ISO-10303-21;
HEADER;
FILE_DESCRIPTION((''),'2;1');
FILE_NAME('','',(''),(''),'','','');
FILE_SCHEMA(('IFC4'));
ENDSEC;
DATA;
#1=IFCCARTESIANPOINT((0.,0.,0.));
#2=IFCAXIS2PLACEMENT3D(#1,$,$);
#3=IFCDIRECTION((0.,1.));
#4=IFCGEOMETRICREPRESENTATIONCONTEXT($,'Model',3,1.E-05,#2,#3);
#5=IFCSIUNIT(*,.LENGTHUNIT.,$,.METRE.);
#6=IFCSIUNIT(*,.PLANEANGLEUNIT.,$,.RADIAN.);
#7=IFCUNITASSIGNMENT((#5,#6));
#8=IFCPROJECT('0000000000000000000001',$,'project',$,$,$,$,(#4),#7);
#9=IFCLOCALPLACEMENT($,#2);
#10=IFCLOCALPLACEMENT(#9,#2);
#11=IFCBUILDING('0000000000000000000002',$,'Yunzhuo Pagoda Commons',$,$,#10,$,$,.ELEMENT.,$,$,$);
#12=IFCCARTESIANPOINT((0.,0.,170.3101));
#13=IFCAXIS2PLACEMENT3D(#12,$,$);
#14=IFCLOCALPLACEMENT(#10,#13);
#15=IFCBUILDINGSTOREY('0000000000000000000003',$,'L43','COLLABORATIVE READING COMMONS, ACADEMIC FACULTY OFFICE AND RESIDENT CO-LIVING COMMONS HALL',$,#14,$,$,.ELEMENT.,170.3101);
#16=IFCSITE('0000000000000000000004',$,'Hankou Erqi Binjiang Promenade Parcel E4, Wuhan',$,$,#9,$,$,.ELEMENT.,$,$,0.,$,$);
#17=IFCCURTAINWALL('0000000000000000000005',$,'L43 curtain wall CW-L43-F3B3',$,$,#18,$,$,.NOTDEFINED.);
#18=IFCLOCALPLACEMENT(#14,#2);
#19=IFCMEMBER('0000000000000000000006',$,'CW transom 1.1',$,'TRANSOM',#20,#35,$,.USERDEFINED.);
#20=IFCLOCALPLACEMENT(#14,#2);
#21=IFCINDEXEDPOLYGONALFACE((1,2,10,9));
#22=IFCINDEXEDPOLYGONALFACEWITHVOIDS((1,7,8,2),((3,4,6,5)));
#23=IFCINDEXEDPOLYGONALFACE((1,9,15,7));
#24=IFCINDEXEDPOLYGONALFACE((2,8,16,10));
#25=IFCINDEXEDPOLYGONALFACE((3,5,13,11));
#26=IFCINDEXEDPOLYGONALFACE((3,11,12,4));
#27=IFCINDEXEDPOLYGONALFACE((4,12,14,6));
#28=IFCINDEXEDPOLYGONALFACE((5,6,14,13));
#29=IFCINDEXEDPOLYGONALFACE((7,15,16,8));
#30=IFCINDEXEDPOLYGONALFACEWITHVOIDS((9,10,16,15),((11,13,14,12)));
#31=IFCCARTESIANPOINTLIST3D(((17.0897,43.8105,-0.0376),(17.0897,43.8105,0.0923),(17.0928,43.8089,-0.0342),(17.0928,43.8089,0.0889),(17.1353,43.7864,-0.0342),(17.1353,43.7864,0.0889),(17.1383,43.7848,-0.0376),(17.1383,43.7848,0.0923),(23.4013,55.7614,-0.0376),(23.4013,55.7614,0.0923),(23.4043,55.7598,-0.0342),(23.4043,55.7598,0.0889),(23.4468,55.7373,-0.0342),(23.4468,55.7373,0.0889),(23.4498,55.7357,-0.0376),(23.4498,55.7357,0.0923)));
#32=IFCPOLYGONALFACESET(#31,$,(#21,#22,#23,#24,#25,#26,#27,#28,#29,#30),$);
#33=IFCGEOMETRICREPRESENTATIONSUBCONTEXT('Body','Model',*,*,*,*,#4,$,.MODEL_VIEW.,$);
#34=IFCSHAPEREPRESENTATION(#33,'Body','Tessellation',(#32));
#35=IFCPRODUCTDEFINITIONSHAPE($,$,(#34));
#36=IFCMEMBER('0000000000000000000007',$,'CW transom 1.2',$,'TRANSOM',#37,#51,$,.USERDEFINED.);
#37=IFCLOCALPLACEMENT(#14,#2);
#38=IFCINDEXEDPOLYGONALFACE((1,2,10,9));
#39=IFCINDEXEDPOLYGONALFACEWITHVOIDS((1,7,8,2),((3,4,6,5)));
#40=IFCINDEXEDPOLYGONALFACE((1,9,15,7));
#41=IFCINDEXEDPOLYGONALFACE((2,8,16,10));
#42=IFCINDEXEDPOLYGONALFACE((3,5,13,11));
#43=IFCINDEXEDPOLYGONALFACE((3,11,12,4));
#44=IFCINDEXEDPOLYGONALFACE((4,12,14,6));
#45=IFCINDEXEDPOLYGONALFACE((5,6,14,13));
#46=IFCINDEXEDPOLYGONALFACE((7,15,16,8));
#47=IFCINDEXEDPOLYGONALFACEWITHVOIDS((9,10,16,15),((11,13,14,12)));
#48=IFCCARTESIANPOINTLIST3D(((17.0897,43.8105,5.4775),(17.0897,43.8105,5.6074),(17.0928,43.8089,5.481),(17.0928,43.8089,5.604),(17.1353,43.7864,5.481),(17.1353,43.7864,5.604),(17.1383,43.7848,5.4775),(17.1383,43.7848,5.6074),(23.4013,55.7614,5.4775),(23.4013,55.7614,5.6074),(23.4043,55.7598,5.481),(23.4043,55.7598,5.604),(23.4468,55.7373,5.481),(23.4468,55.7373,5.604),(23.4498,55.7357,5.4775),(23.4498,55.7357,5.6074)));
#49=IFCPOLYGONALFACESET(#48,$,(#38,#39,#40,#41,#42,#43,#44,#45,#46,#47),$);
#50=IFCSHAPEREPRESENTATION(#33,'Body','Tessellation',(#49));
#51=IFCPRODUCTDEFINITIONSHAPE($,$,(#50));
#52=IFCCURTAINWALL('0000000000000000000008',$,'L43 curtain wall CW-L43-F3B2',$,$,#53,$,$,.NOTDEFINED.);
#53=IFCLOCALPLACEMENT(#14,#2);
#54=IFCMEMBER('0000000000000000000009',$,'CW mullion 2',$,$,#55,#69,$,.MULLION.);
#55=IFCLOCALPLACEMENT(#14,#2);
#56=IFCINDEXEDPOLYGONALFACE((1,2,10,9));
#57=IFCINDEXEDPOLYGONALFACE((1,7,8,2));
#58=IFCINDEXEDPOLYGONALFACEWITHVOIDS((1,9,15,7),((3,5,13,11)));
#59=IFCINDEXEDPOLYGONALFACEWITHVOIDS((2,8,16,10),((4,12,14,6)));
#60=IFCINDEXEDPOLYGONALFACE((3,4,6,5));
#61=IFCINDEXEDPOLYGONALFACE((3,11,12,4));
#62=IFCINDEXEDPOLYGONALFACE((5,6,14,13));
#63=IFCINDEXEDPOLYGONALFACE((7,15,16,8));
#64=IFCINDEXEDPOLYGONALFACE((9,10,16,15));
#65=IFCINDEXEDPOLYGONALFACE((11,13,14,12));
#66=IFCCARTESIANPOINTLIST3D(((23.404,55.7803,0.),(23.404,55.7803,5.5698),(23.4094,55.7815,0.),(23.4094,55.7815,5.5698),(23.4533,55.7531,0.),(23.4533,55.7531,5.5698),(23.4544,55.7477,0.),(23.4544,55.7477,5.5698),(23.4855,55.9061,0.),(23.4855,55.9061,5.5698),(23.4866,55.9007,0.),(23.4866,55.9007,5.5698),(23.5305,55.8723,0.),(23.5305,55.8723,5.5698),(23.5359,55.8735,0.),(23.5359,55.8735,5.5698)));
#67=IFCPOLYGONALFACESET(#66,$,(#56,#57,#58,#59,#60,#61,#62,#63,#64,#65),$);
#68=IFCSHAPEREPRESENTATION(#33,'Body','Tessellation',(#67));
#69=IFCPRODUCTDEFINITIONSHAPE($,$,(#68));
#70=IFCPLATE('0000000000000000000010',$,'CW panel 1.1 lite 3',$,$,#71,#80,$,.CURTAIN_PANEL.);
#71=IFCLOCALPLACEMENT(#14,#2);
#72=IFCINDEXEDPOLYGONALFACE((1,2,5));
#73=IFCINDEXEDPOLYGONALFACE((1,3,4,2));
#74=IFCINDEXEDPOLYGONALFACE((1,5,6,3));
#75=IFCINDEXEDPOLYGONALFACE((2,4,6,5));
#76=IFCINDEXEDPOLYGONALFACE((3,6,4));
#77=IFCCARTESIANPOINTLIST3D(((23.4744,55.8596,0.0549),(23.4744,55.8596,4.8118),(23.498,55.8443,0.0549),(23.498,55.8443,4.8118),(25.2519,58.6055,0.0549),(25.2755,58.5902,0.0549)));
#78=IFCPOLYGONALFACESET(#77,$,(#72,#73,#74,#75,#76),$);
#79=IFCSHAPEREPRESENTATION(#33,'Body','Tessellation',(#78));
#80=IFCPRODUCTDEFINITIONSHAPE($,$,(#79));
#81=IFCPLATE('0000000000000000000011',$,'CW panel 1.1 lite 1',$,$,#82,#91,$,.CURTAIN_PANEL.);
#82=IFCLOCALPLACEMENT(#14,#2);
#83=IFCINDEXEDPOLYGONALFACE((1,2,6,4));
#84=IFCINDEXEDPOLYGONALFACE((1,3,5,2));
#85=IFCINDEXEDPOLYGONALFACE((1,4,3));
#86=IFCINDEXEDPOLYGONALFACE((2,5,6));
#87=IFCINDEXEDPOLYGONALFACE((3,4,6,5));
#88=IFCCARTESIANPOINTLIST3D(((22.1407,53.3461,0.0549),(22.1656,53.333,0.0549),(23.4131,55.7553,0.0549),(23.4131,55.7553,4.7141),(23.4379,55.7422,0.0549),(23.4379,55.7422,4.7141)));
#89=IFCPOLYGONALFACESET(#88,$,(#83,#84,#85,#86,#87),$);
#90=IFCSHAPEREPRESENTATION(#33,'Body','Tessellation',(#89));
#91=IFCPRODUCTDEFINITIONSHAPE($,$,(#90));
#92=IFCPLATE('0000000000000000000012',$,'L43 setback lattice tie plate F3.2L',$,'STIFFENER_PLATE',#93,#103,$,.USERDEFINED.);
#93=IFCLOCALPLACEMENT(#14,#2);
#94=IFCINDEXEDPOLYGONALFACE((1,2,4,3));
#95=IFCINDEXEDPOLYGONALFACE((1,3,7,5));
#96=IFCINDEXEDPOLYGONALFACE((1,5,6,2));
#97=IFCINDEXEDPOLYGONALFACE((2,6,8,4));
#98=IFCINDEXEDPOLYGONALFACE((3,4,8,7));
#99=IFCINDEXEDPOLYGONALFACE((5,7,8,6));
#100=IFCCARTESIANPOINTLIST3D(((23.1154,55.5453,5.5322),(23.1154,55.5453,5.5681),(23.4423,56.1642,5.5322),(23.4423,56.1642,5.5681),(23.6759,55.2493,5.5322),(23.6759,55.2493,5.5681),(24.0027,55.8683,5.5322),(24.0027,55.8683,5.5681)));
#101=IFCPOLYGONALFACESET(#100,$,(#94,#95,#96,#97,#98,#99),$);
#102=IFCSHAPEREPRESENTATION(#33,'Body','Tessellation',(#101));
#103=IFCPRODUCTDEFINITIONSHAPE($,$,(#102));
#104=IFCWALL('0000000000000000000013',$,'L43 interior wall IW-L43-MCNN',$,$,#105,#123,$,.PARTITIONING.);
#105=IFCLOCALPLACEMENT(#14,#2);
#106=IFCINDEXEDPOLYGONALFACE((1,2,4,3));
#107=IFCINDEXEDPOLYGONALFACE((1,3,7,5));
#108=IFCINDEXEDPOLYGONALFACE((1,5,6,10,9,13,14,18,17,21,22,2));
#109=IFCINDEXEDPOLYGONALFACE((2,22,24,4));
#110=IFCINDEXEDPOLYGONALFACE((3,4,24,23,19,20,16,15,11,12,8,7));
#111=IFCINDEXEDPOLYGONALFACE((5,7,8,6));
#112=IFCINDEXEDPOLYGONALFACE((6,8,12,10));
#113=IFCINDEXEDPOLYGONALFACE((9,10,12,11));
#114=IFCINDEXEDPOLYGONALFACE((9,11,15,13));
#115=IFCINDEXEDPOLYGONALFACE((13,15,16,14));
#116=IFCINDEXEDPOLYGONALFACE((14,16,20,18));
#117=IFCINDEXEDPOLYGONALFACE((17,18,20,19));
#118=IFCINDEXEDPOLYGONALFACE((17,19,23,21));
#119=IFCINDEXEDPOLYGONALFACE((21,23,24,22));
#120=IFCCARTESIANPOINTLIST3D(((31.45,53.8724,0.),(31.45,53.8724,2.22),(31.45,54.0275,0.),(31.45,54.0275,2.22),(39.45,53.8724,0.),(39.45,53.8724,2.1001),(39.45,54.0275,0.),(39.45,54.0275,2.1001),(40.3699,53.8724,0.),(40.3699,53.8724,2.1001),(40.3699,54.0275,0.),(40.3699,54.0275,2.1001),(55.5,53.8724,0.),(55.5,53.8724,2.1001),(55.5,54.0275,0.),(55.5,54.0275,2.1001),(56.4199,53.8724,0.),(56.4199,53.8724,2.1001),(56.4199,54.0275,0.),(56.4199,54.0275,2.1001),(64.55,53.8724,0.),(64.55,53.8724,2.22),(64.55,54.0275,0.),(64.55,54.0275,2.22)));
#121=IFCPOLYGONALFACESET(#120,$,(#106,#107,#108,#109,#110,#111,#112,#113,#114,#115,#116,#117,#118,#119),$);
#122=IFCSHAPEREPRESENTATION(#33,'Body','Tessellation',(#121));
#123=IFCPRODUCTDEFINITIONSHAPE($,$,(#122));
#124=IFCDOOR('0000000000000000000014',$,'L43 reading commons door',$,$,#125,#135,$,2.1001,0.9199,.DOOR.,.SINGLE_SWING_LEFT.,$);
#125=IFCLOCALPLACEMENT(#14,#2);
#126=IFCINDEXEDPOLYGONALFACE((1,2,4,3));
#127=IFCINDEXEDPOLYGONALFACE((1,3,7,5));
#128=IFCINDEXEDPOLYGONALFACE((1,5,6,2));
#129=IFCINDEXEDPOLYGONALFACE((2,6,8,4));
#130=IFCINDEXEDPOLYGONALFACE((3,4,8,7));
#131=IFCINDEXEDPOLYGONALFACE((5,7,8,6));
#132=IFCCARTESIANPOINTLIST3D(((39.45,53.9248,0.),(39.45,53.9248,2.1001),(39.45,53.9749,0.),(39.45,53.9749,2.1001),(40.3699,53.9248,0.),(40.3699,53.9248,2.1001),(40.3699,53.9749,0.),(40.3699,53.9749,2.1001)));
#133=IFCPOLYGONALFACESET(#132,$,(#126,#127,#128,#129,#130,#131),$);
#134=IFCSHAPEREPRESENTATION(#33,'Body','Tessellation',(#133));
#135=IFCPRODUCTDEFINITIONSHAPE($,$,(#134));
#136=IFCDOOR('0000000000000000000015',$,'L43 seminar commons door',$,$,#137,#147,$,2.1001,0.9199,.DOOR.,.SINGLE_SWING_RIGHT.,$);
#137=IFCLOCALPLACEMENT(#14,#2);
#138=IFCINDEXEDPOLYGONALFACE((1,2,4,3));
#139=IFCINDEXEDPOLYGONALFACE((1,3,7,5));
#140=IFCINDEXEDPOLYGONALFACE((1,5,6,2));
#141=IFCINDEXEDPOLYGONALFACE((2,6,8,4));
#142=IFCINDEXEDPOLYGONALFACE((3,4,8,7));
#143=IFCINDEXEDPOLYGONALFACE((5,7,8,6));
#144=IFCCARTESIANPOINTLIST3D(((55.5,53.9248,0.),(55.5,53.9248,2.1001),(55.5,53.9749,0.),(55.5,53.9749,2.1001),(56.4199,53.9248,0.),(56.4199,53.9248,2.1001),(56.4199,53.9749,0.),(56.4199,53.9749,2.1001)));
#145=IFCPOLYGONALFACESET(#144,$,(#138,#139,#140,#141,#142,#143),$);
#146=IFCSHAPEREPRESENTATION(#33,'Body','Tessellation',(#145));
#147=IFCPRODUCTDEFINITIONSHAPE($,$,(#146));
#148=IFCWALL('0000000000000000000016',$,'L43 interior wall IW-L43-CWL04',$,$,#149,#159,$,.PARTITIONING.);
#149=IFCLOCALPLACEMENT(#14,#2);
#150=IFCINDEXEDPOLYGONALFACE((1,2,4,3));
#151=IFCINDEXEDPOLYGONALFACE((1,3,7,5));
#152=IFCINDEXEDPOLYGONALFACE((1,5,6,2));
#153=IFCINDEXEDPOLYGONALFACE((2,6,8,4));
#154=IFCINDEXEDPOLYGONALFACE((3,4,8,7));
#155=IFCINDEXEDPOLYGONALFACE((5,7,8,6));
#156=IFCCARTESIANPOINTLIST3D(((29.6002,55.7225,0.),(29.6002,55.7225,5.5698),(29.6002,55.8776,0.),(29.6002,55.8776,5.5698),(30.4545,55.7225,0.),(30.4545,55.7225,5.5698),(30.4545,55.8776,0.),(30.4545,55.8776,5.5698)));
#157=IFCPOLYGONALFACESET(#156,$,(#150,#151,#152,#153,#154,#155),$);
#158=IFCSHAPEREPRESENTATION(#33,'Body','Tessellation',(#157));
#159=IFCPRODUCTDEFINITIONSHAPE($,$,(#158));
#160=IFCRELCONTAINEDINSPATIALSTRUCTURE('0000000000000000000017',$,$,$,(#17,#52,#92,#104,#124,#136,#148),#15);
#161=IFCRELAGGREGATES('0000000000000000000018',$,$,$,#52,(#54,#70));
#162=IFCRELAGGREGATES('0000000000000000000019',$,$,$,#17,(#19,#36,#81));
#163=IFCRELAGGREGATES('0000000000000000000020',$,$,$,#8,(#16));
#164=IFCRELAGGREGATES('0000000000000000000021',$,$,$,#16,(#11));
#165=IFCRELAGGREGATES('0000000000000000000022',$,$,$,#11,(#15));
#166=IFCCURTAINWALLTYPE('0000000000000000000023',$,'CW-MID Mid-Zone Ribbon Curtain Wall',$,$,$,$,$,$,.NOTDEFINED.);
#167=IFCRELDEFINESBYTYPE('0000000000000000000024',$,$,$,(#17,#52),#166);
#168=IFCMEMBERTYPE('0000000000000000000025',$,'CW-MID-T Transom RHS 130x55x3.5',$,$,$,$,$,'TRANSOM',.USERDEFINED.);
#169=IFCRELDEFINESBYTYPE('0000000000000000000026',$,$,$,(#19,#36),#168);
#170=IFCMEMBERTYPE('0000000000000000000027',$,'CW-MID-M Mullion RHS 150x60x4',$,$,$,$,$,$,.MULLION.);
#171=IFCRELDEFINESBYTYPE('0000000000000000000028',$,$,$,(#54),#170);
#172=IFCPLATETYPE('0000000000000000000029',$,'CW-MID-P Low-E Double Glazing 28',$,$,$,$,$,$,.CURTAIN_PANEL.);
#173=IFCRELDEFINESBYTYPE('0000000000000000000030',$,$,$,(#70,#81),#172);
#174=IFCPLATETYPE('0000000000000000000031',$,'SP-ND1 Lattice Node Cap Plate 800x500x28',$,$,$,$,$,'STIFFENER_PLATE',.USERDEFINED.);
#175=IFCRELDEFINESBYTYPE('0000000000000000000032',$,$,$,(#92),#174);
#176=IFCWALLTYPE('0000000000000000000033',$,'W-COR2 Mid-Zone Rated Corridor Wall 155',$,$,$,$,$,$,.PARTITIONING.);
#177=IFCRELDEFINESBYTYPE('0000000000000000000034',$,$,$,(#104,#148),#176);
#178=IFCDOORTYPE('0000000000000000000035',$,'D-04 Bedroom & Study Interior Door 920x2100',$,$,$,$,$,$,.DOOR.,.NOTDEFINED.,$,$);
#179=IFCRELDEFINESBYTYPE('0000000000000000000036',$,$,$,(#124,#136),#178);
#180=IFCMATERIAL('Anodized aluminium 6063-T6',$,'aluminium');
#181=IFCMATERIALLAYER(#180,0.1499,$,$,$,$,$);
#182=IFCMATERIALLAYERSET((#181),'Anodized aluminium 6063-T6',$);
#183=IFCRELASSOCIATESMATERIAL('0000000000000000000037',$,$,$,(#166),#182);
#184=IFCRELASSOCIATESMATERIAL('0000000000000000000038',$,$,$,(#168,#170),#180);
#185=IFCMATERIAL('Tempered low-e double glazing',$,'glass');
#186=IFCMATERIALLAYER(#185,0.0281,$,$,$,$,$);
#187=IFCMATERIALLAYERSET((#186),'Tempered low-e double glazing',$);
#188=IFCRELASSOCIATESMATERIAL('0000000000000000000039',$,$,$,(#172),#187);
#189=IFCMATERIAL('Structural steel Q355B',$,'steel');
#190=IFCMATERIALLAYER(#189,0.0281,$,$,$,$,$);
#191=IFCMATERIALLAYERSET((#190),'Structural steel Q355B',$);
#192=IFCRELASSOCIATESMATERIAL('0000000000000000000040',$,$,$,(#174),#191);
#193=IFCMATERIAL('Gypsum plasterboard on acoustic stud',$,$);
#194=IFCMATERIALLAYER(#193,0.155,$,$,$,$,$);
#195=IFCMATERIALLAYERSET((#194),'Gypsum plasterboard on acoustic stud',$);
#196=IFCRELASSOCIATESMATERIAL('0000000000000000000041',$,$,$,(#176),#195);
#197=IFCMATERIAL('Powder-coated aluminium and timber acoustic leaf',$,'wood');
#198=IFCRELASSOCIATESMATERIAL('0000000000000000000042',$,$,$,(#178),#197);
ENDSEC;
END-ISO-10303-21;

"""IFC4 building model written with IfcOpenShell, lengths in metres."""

from ifc_helpers import new_model, si_unit, direction, frame, frame_2d, origin, origin_with_axes, origin_2d, place, context, subcontext, project, spatial, polyline, rectangle, hollow_rectangle, outline, extrude, source, transform, mapped, material, layer, layer_set, material_profile, profile_set, type_object, element, fill, aggregate, save


model = new_model("IFC4")

# Units and contexts
model_context = context("Model", 3, precision=1e-05, world=origin(), true_north=direction((0.0, 1.0)))
body_context = subcontext(model_context, "Body", "Model", "MODEL_VIEW")
ifc_project = project(units=[si_unit("LENGTHUNIT", "METRE"), si_unit("PLANEANGLEUNIT", "RADIAN")], contexts=[model_context])

# Site, building, storey
site_placement = place(None, origin())
site = spatial("IfcSite", under=ifc_project, at=site_placement, Name="Hankou Erqi Binjiang Promenade Parcel E4, Wuhan", CompositionType="ELEMENT", RefElevation=0.0)
building_placement = place(site_placement, origin())
building = spatial("IfcBuilding", under=site, at=building_placement, Name="Yunzhuo Pagoda Commons", CompositionType="ELEMENT")
storey_placement = place(building_placement, frame((0.0, 0.0, 170.3101)))
storey = spatial("IfcBuildingStorey", under=building, at=storey_placement, Name="L43", Description="COLLABORATIVE READING COMMONS, ACADEMIC FACULTY OFFICE AND RESIDENT CO-LIVING COMMONS HALL", CompositionType="ELEMENT", Elevation=170.3101)

# Shared definitions
ifc_material_1 = material(Name="Structural steel Q355B", Category="steel")

# Curtain wall, members
ifc_material_2 = material(Name="Anodized aluminium 6063-T6", Category="aluminium")
ifc_layer_1 = layer(ifc_material_2, 0.1499)
ifc_layer_set_1 = layer_set([ifc_layer_1], Name="Anodized aluminium 6063-T6")
curtain_wall_type = type_object("IfcCurtainWallType", Name="CW-MID Mid-Zone Ribbon Curtain Wall", PredefinedType="NOTDEFINED", material=ifc_layer_set_1)
curtain_wall_1_placement = place(storey_placement, origin())
curtain_wall_1 = element("IfcCurtainWall", 1, at=curtain_wall_1_placement, inside=storey, type_object=curtain_wall_type, Name="L43 curtain wall CW-L43-F3B3", PredefinedType="NOTDEFINED")
ifc_material_profile_1 = material_profile(ifc_material_2, hollow_rectangle(XDim=0.0549, YDim=0.1299, WallThickness=0.0034, at=origin_2d()), Name="Anodized aluminium 6063-T6")
ifc_profile_set_1 = profile_set([ifc_material_profile_1], Name="Anodized aluminium 6063-T6")
member_type_1 = type_object("IfcMemberType", Name="CW-MID-T Transom RHS 130x55x3.5", ElementType="TRANSOM", PredefinedType="USERDEFINED", material=ifc_profile_set_1)
shared_shape_1 = source(origin(), body_context, "Body", "SweptSolid", [
    extrude(hollow_rectangle(XDim=0.0549, YDim=0.1299, WallThickness=0.0034, at=origin_2d()), origin(), (0.0, 0.0, 1.0), 13.5151),
])
member_1_placement = place(storey_placement, frame((23.4255, 55.7485, 0.0273), z_axis=(-0.466995, -0.88426, 0.0), x_axis=(0.88426, -0.466995, 0.0)))
member_1 = element("IfcMember", 2, at=member_1_placement, type_object=member_type_1, Name="CW transom 1.1", ObjectType="TRANSOM", PredefinedType="USERDEFINED", context=body_context, shape_type="MappedRepresentation", body=[
    mapped(shared_shape_1, transform((0.0, 0.0, 0.0), scale=1.0)),
])
member_2_placement = place(storey_placement, frame((23.4255, 55.7485, 5.5425), z_axis=(-0.466995, -0.88426, 0.0), x_axis=(0.88426, -0.466995, 0.0)))
member_2 = element("IfcMember", 3, at=member_2_placement, type_object=member_type_1, Name="CW transom 1.2", ObjectType="TRANSOM", PredefinedType="USERDEFINED", context=body_context, shape_type="MappedRepresentation", body=[
    mapped(shared_shape_1, transform((0.0, 0.0, 0.0), scale=1.0)),
])

# Curtain wall, member, plate
curtain_wall_2_placement = place(storey_placement, origin())
curtain_wall_2 = element("IfcCurtainWall", 4, at=curtain_wall_2_placement, inside=storey, type_object=curtain_wall_type, Name="L43 curtain wall CW-L43-F3B2", PredefinedType="NOTDEFINED")
ifc_material_profile_2 = material_profile(ifc_material_2, hollow_rectangle(XDim=0.0601, YDim=0.1499, WallThickness=0.0039, at=origin_2d()), Name="Anodized aluminium 6063-T6")
ifc_profile_set_2 = profile_set([ifc_material_profile_2], Name="Anodized aluminium 6063-T6")
member_type_2 = type_object("IfcMemberType", Name="CW-MID-M Mullion RHS 150x60x4", PredefinedType="MULLION", material=ifc_profile_set_2)
shared_shape_2 = source(origin(), body_context, "Body", "SweptSolid", [
    extrude(hollow_rectangle(XDim=0.0601, YDim=0.1499, WallThickness=0.0039, at=origin_2d()), origin(), (0.0, 0.0, 1.0), 5.5698),
])
member_3_placement = place(storey_placement, frame((23.47, 55.8269, 0.0), z_axis=(0.0, 0.0, 1.0), x_axis=(0.839466, -0.543412, 0.0)))
member_3 = element("IfcMember", 5, at=member_3_placement, type_object=member_type_2, Name="CW mullion 2", PredefinedType="MULLION", context=body_context, shape_type="MappedRepresentation", body=[
    mapped(shared_shape_2, transform((0.0, 0.0, 0.0), scale=1.0)),
])
ifc_material_3 = material(Name="Tempered low-e double glazing", Category="glass")
ifc_layer_2 = layer(ifc_material_3, 0.0281)
ifc_layer_set_2 = layer_set([ifc_layer_2], Name="Tempered low-e double glazing")
plate_type_1 = type_object("IfcPlateType", Name="CW-MID-P Low-E Double Glazing 28", PredefinedType="CURTAIN_PANEL", material=ifc_layer_set_2)
plate_1_placement = place(storey_placement, frame((24.3867, 57.2173, 2.4333), z_axis=(-0.839466, 0.543412, 0.0), x_axis=(-0.543412, -0.839466, 0.0)))
plate_1 = element("IfcPlate", 6, at=plate_1_placement, type_object=plate_type_1, Name="CW panel 1.1 lite 3", PredefinedType="CURTAIN_PANEL", context=body_context, shape_type="SweptSolid", body=[
    extrude(outline(polyline([(-1.6355, -2.3784), (1.6355, -2.3784), (1.6355, 2.3784), (-1.6355, -2.3784)])), origin(), (0.0, 0.0, 1.0), 0.0281),
])
aggregate(curtain_wall_2, [member_3, plate_1])

# Plates
plate_2_placement = place(storey_placement, frame((22.8018, 54.5376, 2.3845), z_axis=(-0.884263, 0.46699, 0.0), x_axis=(-0.46699, -0.884263, 0.0)))
plate_2 = element("IfcPlate", 7, at=plate_2_placement, type_object=plate_type_1, Name="CW panel 1.1 lite 1", PredefinedType="CURTAIN_PANEL", context=body_context, shape_type="SweptSolid", body=[
    extrude(outline(polyline([(-1.3623, -2.3296), (1.3623, -2.3296), (-1.3623, 2.3296), (-1.3623, -2.3296)])), origin(), (0.0, 0.0, 1.0), 0.0281),
])
aggregate(curtain_wall_1, [member_1, member_2, plate_2])
ifc_layer_3 = layer(ifc_material_1, 0.0281)
ifc_layer_set_3 = layer_set([ifc_layer_3], Name="Structural steel Q355B")
plate_type_2 = type_object("IfcPlateType", Name="SP-ND1 Lattice Node Cap Plate 800x500x28", ElementType="STIFFENER_PLATE", PredefinedType="USERDEFINED", material=ifc_layer_set_3)
shared_shape_3 = source(origin(), body_context, "Body", "SweptSolid", [
    extrude(rectangle(XDim=0.7, YDim=0.6338, at=origin_2d()), origin(), (0.0, 0.0, 1.0), 0.0359),
])
plate_3_placement = place(storey_placement, frame((23.5591, 55.7068, 5.5322), z_axis=(0.0, 0.0, 1.0), x_axis=(-0.466989, -0.884263, 0.0)))
element("IfcPlate", 8, at=plate_3_placement, inside=storey, type_object=plate_type_2, Name="L43 setback lattice tie plate F3.2L", ObjectType="STIFFENER_PLATE", PredefinedType="USERDEFINED", context=body_context, shape_type="MappedRepresentation", body=[
    mapped(shared_shape_3, transform((0.0, 0.0, 0.0), scale=1.0)),
])

# Wall, openings, doors
ifc_material_4 = material(Name="Gypsum plasterboard on acoustic stud")
ifc_layer_4 = layer(ifc_material_4, 0.155)
ifc_layer_set_4 = layer_set([ifc_layer_4], Name="Gypsum plasterboard on acoustic stud")
wall_type_1 = type_object("IfcWallType", Name="W-COR2 Mid-Zone Rated Corridor Wall 155", PredefinedType="PARTITIONING", material=ifc_layer_set_4)
wall_1_placement = place(storey_placement, frame((31.45, 53.95, 0.0), z_axis=(0.0, 0.0, 1.0), x_axis=(1.0, 0.0, 0.0)))
wall_1 = element("IfcWall", 9, at=wall_1_placement, inside=storey, type_object=wall_type_1, Name="L43 interior wall IW-L43-MCNN", PredefinedType="PARTITIONING", context=body_context, shape_type="SweptSolid", body=[
    extrude(rectangle(XDim=33.1001, YDim=0.155, at=frame_2d((16.55, 0.0))), origin(), (0.0, 0.0, 1.0), 2.22),
])
opening_1_placement = place(wall_1_placement, frame((8.0, 0.0, 0.0)))
opening_1 = element("IfcOpeningElement", 10, at=opening_1_placement, cuts=wall_1, PredefinedType="OPENING", context=body_context, shape_type="SweptSolid", body=[
    extrude(rectangle(XDim=0.9199, YDim=2.1001, at=frame_2d((0.46, 1.05))), frame((0.0, 0.0874, 0.0), z_axis=(0.0, -1.0, 0.0), x_axis=(1.0, 0.0, 0.0)), (0.0, 0.0, 1.0), 0.175),
])
opening_2_placement = place(wall_1_placement, frame((24.05, 0.0, 0.0)))
opening_2 = element("IfcOpeningElement", 11, at=opening_2_placement, cuts=wall_1, PredefinedType="OPENING", context=body_context, shape_type="SweptSolid", body=[
    extrude(rectangle(XDim=0.9199, YDim=2.1001, at=frame_2d((0.46, 1.05))), frame((0.0, 0.0874, 0.0), z_axis=(0.0, -1.0, 0.0), x_axis=(1.0, 0.0, 0.0)), (0.0, 0.0, 1.0), 0.175),
])
ifc_material_5 = material(Name="Powder-coated aluminium and timber acoustic leaf", Category="wood")
door_type_1 = type_object("IfcDoorType", Name="D-04 Bedroom & Study Interior Door 920x2100", OperationType="NOTDEFINED", PredefinedType="DOOR", material=ifc_material_5)
shared_shape_4 = source(origin(), body_context, "Body", "SweptSolid", [
    extrude(rectangle(XDim=0.9199, YDim=2.1001, at=frame_2d((0.46, 1.05))), frame((0.0, 0.0249, 0.0), z_axis=(0.0, -1.0, 0.0), x_axis=(1.0, 0.0, 0.0)), (0.0, 0.0, 1.0), 0.05),
])
door_1_placement = place(opening_1_placement, origin_with_axes())
door_1 = element("IfcDoor", 12, at=door_1_placement, inside=storey, type_object=door_type_1, Name="L43 reading commons door", OperationType="SINGLE_SWING_LEFT", OverallHeight=2.1001, OverallWidth=0.9199, PredefinedType="DOOR", context=body_context, shape_type="MappedRepresentation", body=[
    mapped(shared_shape_4, transform((0.0, 0.0, 0.0), scale=1.0)),
])
fill(opening_1, door_1)
door_2_placement = place(opening_2_placement, origin_with_axes())
door_2 = element("IfcDoor", 13, at=door_2_placement, inside=storey, type_object=door_type_1, Name="L43 seminar commons door", OperationType="SINGLE_SWING_RIGHT", OverallHeight=2.1001, OverallWidth=0.9199, PredefinedType="DOOR", context=body_context, shape_type="MappedRepresentation", body=[
    mapped(shared_shape_4, transform((0.0, 0.0, 0.0), scale=1.0)),
])
fill(opening_2, door_2)

# Wall
wall_2_placement = place(storey_placement, frame((29.6001, 55.8, 0.0), z_axis=(0.0, 0.0, 1.0), x_axis=(1.0, 0.0, 0.0)))
element("IfcWall", 14, at=wall_2_placement, inside=storey, type_object=wall_type_1, Name="L43 interior wall IW-L43-CWL04", PredefinedType="PARTITIONING", context=body_context, shape_type="SweptSolid", body=[
    extrude(rectangle(XDim=0.8542, YDim=0.155, at=frame_2d((0.4272, 0.0))), origin(), (0.0, 0.0, 1.0), 5.5698),
])

save(model, "model.ifc")
